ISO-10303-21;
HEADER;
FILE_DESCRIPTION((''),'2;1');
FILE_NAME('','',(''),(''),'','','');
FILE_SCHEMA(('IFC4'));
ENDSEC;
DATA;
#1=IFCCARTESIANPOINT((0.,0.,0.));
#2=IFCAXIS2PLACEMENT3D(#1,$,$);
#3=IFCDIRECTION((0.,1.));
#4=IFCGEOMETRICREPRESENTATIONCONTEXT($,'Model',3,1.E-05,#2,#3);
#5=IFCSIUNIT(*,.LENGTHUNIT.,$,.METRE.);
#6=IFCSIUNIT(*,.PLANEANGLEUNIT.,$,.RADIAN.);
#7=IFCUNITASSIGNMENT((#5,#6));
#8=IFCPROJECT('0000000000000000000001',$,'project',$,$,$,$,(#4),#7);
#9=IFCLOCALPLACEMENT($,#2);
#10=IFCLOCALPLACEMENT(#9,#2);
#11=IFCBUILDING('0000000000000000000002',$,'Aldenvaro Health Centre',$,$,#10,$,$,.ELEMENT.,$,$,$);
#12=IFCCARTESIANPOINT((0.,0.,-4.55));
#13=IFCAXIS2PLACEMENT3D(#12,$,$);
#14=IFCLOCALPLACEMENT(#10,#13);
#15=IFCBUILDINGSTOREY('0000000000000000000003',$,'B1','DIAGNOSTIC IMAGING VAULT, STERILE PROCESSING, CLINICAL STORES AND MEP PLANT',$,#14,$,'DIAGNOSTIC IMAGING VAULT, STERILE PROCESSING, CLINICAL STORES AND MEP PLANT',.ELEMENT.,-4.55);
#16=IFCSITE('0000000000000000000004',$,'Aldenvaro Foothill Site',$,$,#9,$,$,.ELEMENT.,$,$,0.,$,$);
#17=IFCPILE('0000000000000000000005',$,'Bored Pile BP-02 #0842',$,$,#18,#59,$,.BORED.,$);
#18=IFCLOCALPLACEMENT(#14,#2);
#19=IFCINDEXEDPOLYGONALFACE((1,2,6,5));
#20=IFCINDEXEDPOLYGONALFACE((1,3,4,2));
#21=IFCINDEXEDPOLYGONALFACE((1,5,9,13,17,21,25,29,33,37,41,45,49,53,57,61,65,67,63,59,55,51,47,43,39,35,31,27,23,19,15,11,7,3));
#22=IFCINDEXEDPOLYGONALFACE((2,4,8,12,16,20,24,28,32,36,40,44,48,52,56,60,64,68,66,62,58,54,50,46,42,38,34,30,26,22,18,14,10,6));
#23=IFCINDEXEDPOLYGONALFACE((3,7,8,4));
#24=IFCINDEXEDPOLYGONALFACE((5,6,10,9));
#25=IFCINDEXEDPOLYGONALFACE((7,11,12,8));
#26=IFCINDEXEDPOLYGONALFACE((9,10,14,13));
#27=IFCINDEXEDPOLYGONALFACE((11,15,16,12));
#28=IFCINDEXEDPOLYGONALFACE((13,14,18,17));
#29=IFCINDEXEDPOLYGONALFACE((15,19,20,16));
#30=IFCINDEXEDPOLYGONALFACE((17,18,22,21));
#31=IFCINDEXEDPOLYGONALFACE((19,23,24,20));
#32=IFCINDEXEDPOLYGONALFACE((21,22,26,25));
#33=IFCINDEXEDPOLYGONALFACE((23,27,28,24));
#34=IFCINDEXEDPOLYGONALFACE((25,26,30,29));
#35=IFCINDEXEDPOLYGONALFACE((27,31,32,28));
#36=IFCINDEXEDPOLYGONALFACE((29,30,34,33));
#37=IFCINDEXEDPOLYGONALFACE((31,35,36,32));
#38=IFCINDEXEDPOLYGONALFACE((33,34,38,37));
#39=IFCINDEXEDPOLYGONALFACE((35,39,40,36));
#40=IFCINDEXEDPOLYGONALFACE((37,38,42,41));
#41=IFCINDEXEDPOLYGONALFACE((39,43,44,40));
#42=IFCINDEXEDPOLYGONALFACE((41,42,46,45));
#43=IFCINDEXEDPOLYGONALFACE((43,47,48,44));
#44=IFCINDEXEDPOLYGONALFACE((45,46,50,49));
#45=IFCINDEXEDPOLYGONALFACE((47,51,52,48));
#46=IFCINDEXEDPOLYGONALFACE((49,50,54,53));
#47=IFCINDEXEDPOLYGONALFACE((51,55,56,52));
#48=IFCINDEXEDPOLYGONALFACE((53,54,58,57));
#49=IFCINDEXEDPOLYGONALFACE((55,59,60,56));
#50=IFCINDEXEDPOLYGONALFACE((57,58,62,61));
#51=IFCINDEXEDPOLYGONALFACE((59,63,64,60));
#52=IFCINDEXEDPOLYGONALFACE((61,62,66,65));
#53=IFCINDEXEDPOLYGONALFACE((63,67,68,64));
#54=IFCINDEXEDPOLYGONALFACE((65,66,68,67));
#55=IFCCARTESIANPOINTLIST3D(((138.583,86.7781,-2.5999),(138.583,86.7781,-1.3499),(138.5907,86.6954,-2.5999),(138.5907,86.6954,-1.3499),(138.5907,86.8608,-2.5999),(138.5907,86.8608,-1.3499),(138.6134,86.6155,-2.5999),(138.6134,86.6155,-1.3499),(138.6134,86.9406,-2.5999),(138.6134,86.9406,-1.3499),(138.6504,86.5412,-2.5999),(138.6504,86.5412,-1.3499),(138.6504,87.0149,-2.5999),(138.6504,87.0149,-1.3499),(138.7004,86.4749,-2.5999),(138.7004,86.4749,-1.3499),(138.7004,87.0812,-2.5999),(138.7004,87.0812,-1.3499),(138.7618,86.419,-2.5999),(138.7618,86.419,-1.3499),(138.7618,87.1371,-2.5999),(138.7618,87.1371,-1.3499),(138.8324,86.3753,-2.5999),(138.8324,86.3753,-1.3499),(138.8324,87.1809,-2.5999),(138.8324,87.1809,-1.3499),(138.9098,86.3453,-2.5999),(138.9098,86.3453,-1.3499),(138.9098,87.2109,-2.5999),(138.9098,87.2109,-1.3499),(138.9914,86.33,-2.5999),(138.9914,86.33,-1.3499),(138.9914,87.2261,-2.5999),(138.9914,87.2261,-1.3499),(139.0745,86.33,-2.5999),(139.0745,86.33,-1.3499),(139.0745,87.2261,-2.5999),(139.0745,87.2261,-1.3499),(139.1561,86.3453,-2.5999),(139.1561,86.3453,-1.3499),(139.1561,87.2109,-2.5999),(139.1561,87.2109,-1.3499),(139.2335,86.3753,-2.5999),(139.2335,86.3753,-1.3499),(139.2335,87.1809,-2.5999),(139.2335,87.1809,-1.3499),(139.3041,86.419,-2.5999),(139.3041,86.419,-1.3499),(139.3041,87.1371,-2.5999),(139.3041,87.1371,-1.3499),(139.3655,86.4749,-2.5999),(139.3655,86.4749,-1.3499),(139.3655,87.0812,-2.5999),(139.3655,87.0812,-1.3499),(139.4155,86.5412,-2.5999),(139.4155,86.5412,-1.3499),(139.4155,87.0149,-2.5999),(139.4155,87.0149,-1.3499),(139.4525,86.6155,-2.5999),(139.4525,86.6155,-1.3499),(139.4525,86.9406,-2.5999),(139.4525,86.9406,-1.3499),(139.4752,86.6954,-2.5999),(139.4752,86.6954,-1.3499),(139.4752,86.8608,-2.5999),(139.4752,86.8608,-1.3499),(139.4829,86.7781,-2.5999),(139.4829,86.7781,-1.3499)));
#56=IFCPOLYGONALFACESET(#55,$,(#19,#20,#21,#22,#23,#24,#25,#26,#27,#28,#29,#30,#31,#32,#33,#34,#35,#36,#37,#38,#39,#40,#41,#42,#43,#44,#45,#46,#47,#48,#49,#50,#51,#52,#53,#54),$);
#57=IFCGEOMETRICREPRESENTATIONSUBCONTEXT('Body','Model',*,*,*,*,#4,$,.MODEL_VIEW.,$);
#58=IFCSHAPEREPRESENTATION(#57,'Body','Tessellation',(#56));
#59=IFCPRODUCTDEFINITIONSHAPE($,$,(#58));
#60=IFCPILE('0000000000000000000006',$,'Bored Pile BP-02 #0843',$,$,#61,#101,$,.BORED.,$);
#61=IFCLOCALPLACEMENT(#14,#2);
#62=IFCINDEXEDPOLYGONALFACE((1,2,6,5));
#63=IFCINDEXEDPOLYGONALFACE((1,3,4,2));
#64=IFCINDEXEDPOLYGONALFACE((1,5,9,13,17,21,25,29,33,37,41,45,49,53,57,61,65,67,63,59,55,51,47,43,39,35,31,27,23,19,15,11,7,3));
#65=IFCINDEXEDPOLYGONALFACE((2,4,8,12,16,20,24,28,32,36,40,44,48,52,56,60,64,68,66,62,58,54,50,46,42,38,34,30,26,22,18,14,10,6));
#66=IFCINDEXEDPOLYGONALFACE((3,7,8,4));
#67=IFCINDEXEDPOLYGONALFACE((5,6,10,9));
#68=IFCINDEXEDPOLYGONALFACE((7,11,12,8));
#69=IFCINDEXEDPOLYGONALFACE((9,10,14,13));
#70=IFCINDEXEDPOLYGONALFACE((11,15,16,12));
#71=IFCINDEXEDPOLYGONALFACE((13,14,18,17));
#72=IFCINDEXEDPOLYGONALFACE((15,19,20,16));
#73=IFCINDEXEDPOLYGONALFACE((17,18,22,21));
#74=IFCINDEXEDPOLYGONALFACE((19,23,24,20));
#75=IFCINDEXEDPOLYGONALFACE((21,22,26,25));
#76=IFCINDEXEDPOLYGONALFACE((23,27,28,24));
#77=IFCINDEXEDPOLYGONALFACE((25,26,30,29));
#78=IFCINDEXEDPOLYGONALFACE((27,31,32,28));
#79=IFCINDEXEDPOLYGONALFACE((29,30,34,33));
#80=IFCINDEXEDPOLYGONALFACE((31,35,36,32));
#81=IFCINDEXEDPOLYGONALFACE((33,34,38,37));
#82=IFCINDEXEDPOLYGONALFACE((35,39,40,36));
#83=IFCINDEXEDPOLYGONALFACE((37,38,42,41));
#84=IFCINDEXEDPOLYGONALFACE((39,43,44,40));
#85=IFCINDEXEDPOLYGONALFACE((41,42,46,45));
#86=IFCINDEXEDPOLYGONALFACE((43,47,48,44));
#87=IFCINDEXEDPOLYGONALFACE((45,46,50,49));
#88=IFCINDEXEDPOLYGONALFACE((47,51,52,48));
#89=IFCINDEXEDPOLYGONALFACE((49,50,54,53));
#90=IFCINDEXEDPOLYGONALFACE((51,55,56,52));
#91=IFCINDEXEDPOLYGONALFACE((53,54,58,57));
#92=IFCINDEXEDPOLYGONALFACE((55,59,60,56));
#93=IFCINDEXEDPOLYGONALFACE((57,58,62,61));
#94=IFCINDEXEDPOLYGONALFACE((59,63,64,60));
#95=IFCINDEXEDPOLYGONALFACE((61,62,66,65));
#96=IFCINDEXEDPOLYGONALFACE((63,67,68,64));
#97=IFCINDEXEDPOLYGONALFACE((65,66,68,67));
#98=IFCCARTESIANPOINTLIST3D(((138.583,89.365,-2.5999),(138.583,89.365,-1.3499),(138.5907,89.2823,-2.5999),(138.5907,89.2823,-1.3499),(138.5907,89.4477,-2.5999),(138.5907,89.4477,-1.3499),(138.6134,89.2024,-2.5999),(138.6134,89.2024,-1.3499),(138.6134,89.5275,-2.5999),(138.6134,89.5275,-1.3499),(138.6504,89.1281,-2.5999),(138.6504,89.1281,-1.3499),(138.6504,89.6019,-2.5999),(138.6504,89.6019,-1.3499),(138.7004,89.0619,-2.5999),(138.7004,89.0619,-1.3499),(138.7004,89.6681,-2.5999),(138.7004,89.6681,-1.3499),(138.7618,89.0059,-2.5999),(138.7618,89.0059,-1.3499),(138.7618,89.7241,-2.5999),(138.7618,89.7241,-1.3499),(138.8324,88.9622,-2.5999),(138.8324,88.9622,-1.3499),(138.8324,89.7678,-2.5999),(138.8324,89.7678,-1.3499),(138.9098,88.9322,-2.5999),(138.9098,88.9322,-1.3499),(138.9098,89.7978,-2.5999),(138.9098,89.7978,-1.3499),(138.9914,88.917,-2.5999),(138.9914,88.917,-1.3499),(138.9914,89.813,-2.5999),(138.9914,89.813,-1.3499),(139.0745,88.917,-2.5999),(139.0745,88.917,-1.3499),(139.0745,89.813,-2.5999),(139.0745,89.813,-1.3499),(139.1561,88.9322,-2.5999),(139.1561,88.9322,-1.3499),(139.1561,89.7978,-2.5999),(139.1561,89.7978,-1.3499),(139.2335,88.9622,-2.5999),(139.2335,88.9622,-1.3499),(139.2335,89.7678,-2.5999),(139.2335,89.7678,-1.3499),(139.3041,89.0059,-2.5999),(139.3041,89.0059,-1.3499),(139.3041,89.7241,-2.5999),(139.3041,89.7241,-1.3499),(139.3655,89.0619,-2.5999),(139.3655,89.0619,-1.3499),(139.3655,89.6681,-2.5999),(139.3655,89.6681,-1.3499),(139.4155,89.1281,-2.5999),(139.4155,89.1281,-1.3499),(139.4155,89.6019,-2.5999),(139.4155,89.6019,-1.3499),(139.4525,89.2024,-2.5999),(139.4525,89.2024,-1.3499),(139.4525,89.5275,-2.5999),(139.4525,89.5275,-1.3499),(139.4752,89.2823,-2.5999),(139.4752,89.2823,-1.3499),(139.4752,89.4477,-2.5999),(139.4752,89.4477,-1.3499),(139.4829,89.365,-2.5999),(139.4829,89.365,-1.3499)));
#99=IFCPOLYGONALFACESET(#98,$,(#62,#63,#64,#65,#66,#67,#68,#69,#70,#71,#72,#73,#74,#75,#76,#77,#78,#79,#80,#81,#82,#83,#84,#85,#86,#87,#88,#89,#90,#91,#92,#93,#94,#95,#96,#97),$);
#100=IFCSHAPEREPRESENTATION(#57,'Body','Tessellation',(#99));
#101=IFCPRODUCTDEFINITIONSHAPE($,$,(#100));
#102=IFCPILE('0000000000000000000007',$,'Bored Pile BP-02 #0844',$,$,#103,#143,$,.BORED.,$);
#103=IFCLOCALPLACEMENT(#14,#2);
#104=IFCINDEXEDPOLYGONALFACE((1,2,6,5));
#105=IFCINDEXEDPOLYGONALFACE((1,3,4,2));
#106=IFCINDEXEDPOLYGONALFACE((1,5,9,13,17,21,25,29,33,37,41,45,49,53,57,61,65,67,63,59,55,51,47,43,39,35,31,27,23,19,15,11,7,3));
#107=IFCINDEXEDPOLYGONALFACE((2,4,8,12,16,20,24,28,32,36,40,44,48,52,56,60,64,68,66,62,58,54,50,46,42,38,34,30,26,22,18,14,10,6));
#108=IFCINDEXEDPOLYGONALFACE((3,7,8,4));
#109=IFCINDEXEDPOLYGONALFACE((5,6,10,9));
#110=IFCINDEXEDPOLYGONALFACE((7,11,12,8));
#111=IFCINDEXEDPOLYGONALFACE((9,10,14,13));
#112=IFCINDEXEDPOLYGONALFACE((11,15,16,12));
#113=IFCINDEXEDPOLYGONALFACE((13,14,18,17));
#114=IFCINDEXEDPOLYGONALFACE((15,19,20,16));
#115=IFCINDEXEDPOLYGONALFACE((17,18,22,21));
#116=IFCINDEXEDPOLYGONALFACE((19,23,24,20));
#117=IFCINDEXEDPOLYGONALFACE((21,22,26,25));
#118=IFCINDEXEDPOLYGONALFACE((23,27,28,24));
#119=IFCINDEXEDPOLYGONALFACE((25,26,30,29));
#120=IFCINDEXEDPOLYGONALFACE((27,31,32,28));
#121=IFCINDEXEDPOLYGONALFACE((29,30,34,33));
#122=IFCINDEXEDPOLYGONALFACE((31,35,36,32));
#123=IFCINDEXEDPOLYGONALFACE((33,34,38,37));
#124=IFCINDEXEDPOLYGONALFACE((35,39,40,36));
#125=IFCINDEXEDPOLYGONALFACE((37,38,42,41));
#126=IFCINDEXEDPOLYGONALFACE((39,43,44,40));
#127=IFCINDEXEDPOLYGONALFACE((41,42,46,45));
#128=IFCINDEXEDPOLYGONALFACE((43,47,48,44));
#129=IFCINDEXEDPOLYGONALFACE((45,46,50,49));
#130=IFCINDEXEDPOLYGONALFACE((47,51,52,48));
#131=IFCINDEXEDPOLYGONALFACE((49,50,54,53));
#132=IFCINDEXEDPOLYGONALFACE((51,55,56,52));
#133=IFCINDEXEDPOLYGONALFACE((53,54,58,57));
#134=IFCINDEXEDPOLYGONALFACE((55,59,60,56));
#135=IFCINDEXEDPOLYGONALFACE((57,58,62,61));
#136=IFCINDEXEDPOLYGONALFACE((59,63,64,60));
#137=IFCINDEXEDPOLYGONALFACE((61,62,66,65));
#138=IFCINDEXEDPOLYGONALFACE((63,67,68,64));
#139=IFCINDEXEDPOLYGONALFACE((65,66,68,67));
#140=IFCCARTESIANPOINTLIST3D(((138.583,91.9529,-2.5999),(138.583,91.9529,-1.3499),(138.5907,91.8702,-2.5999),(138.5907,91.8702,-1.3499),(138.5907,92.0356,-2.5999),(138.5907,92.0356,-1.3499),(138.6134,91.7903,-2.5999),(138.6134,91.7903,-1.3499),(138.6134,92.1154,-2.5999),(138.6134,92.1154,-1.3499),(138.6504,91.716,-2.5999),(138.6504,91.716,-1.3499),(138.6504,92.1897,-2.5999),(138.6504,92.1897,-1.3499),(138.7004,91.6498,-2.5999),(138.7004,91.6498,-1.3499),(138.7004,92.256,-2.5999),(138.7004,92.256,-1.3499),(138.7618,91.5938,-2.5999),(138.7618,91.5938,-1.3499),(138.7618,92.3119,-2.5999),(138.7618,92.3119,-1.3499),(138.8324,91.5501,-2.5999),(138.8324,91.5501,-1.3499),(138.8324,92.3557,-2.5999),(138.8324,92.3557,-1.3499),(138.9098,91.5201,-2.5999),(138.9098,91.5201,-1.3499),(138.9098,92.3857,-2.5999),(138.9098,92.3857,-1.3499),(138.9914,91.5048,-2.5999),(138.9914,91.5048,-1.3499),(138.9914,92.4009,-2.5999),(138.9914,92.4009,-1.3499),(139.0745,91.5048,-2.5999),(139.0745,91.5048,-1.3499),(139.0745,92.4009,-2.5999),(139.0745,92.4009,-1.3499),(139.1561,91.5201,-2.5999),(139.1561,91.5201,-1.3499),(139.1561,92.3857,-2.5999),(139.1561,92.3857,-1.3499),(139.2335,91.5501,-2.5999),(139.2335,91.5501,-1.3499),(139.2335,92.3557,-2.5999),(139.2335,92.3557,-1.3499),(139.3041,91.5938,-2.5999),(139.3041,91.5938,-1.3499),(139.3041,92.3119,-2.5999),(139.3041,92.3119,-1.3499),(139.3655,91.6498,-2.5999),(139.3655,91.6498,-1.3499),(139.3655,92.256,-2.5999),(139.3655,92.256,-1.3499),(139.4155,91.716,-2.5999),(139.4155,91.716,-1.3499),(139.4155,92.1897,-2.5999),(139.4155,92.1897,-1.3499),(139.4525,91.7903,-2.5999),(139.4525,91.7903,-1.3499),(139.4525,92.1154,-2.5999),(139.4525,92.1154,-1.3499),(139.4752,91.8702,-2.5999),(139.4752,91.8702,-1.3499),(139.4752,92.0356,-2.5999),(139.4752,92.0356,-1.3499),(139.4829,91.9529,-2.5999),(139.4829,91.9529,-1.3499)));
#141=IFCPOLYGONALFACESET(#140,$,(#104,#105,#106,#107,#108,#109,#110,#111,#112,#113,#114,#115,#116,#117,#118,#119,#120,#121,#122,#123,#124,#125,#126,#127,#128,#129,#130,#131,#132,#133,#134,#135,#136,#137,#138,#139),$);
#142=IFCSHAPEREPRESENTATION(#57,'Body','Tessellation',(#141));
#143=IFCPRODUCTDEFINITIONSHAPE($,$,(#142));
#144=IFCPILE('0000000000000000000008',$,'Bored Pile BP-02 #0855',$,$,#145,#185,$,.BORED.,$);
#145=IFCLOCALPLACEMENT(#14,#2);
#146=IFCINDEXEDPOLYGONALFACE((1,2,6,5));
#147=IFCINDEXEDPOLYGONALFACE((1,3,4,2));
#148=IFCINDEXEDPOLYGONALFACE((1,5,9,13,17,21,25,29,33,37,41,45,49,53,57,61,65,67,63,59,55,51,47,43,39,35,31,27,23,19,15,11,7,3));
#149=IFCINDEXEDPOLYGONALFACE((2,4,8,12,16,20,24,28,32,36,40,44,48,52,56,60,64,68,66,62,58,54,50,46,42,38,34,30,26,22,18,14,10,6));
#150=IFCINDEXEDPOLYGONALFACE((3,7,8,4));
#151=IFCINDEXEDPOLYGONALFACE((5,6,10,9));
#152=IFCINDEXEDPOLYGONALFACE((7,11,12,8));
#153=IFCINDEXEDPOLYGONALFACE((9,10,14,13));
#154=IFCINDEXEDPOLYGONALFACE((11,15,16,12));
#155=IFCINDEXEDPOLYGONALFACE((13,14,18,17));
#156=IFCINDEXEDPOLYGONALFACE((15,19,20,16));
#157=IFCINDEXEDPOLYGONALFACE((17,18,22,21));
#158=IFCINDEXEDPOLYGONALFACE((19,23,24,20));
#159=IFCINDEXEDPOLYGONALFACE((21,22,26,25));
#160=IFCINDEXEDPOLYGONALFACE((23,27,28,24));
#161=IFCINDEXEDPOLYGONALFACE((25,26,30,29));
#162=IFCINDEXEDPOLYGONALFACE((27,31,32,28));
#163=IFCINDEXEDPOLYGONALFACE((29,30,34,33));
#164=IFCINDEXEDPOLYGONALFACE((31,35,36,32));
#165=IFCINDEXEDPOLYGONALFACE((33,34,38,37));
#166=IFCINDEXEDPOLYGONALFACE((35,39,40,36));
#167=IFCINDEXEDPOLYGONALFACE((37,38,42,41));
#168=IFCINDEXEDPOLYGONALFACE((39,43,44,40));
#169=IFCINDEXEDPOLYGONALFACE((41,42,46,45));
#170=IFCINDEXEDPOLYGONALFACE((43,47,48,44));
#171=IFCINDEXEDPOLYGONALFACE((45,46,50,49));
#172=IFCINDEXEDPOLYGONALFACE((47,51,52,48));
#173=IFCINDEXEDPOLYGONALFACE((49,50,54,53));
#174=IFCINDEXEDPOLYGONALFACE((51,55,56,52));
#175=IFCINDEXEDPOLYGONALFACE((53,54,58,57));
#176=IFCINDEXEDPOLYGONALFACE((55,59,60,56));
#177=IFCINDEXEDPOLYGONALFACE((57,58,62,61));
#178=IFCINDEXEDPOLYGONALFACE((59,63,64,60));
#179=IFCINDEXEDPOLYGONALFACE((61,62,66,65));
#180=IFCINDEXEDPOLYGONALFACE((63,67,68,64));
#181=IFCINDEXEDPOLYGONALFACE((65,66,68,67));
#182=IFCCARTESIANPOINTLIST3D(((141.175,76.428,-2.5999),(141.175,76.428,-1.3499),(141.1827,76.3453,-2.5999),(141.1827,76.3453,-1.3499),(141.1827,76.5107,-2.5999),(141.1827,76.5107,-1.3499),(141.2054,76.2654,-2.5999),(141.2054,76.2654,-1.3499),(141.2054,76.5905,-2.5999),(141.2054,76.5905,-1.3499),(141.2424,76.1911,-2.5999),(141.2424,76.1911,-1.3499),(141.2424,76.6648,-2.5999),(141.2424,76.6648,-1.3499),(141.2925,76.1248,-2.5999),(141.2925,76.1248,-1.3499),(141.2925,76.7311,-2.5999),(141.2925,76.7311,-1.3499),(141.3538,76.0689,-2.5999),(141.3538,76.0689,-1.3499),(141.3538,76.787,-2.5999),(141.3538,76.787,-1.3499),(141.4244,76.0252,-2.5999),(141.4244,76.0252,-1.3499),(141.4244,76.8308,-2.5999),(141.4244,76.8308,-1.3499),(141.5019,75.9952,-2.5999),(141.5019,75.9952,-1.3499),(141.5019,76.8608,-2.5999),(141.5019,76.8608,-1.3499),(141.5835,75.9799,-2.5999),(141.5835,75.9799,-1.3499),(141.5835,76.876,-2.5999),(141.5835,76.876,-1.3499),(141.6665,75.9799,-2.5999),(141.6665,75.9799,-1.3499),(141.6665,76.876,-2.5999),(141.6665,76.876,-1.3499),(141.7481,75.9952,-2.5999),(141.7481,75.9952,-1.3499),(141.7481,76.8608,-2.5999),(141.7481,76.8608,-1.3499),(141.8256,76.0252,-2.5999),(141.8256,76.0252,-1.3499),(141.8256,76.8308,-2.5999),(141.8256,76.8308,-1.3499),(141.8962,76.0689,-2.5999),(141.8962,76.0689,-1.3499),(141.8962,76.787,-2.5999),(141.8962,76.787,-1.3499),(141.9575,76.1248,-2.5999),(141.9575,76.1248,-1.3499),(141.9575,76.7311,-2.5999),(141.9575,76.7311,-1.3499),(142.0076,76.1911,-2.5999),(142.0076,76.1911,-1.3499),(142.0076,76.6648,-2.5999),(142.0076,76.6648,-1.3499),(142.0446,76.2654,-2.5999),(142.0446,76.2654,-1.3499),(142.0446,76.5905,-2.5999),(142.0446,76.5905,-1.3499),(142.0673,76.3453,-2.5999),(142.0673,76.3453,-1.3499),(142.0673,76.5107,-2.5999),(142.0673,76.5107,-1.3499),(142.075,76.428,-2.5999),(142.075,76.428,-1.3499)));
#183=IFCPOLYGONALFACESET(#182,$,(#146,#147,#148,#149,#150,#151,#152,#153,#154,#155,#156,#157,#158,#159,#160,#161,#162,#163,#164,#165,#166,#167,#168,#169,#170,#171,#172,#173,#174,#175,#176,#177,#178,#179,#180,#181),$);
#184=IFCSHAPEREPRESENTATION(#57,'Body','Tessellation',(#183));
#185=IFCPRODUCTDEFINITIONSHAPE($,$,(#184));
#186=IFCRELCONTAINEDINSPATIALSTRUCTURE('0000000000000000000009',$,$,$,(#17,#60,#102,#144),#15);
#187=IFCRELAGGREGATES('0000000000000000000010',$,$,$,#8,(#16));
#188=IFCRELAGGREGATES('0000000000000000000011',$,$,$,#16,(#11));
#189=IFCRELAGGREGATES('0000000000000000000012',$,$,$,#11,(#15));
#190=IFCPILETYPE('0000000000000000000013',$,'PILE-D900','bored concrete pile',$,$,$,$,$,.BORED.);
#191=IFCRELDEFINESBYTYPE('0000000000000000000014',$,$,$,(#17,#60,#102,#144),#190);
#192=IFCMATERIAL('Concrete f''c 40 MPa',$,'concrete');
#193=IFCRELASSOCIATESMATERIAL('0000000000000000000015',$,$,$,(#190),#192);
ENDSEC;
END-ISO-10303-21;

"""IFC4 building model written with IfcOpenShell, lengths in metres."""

from ifc_helpers import new_model, si_unit, direction, frame, origin, origin_2d, place, context, subcontext, project, spatial, circle, extrude, material, material_profile, profile_set, type_object, element, save


model = new_model("IFC4")

# Units and contexts
model_context = context("Model", 3, precision=1e-05, world=origin(), true_north=direction((0.0, 1.0)))
body_context = subcontext(model_context, "Body", "Model", "MODEL_VIEW")
ifc_project = project(units=[si_unit("LENGTHUNIT", "METRE"), si_unit("PLANEANGLEUNIT", "RADIAN")], contexts=[model_context])

# Site, building, storey
site_placement = place(None, origin())
site = spatial("IfcSite", under=ifc_project, at=site_placement, Name="Aldenvaro Foothill Site", CompositionType="ELEMENT", RefElevation=0.0)
building_placement = place(site_placement, origin())
building = spatial("IfcBuilding", under=site, at=building_placement, Name="Aldenvaro Health Centre", CompositionType="ELEMENT")
storey_placement = place(building_placement, frame((0.0, 0.0, -4.55)))
storey = spatial("IfcBuildingStorey", under=building, at=storey_placement, Name="B1", Description="DIAGNOSTIC IMAGING VAULT, STERILE PROCESSING, CLINICAL STORES AND MEP PLANT", LongName="DIAGNOSTIC IMAGING VAULT, STERILE PROCESSING, CLINICAL STORES AND MEP PLANT", CompositionType="ELEMENT", Elevation=-4.55)

# Piles
ifc_material_1 = material(Name="Concrete f'c 40 MPa", Category="concrete")
ifc_material_profile_1 = material_profile(ifc_material_1, circle(Radius=0.45, at=origin_2d()), Name="PILE D900", Category="concrete")
ifc_profile_set_1 = profile_set([ifc_material_profile_1], Name="Concrete f'c 40 MPa")
pile_type = type_object("IfcPileType", Name="PILE-D900", Description="bored concrete pile", PredefinedType="BORED", material=ifc_profile_set_1)
for number, where, z_axis, x_axis, name in (
    (1, (139.033, 86.7781, -1.3499), (0.0, 0.0, -1.0), (1.0, 0.0, 0.0), "Bored Pile BP-02 #0842"),
    (2, (139.033, 89.365, -1.3499), (0.0, 0.0, -1.0), (1.0, 0.0, 0.0), "Bored Pile BP-02 #0843"),
    (3, (139.033, 91.9529, -1.3499), (0.0, 0.0, -1.0), (1.0, 0.0, 0.0), "Bored Pile BP-02 #0844"),
    (4, (141.625, 76.428, -1.3499), (0.0, 0.0, -1.0), (1.0, 0.0, 0.0), "Bored Pile BP-02 #0855"),
):
    element("IfcPile", number, at=place(storey_placement, frame(where, z_axis=z_axis, x_axis=x_axis)), inside=storey, type_object=pile_type, Name=name, PredefinedType="BORED", context=body_context, shape_type="SweptSolid", body=[
        extrude(circle(Radius=0.45, at=origin_2d()), origin(), (0.0, 0.0, 1.0), 1.25),
    ])

save(model, "model.ifc")
